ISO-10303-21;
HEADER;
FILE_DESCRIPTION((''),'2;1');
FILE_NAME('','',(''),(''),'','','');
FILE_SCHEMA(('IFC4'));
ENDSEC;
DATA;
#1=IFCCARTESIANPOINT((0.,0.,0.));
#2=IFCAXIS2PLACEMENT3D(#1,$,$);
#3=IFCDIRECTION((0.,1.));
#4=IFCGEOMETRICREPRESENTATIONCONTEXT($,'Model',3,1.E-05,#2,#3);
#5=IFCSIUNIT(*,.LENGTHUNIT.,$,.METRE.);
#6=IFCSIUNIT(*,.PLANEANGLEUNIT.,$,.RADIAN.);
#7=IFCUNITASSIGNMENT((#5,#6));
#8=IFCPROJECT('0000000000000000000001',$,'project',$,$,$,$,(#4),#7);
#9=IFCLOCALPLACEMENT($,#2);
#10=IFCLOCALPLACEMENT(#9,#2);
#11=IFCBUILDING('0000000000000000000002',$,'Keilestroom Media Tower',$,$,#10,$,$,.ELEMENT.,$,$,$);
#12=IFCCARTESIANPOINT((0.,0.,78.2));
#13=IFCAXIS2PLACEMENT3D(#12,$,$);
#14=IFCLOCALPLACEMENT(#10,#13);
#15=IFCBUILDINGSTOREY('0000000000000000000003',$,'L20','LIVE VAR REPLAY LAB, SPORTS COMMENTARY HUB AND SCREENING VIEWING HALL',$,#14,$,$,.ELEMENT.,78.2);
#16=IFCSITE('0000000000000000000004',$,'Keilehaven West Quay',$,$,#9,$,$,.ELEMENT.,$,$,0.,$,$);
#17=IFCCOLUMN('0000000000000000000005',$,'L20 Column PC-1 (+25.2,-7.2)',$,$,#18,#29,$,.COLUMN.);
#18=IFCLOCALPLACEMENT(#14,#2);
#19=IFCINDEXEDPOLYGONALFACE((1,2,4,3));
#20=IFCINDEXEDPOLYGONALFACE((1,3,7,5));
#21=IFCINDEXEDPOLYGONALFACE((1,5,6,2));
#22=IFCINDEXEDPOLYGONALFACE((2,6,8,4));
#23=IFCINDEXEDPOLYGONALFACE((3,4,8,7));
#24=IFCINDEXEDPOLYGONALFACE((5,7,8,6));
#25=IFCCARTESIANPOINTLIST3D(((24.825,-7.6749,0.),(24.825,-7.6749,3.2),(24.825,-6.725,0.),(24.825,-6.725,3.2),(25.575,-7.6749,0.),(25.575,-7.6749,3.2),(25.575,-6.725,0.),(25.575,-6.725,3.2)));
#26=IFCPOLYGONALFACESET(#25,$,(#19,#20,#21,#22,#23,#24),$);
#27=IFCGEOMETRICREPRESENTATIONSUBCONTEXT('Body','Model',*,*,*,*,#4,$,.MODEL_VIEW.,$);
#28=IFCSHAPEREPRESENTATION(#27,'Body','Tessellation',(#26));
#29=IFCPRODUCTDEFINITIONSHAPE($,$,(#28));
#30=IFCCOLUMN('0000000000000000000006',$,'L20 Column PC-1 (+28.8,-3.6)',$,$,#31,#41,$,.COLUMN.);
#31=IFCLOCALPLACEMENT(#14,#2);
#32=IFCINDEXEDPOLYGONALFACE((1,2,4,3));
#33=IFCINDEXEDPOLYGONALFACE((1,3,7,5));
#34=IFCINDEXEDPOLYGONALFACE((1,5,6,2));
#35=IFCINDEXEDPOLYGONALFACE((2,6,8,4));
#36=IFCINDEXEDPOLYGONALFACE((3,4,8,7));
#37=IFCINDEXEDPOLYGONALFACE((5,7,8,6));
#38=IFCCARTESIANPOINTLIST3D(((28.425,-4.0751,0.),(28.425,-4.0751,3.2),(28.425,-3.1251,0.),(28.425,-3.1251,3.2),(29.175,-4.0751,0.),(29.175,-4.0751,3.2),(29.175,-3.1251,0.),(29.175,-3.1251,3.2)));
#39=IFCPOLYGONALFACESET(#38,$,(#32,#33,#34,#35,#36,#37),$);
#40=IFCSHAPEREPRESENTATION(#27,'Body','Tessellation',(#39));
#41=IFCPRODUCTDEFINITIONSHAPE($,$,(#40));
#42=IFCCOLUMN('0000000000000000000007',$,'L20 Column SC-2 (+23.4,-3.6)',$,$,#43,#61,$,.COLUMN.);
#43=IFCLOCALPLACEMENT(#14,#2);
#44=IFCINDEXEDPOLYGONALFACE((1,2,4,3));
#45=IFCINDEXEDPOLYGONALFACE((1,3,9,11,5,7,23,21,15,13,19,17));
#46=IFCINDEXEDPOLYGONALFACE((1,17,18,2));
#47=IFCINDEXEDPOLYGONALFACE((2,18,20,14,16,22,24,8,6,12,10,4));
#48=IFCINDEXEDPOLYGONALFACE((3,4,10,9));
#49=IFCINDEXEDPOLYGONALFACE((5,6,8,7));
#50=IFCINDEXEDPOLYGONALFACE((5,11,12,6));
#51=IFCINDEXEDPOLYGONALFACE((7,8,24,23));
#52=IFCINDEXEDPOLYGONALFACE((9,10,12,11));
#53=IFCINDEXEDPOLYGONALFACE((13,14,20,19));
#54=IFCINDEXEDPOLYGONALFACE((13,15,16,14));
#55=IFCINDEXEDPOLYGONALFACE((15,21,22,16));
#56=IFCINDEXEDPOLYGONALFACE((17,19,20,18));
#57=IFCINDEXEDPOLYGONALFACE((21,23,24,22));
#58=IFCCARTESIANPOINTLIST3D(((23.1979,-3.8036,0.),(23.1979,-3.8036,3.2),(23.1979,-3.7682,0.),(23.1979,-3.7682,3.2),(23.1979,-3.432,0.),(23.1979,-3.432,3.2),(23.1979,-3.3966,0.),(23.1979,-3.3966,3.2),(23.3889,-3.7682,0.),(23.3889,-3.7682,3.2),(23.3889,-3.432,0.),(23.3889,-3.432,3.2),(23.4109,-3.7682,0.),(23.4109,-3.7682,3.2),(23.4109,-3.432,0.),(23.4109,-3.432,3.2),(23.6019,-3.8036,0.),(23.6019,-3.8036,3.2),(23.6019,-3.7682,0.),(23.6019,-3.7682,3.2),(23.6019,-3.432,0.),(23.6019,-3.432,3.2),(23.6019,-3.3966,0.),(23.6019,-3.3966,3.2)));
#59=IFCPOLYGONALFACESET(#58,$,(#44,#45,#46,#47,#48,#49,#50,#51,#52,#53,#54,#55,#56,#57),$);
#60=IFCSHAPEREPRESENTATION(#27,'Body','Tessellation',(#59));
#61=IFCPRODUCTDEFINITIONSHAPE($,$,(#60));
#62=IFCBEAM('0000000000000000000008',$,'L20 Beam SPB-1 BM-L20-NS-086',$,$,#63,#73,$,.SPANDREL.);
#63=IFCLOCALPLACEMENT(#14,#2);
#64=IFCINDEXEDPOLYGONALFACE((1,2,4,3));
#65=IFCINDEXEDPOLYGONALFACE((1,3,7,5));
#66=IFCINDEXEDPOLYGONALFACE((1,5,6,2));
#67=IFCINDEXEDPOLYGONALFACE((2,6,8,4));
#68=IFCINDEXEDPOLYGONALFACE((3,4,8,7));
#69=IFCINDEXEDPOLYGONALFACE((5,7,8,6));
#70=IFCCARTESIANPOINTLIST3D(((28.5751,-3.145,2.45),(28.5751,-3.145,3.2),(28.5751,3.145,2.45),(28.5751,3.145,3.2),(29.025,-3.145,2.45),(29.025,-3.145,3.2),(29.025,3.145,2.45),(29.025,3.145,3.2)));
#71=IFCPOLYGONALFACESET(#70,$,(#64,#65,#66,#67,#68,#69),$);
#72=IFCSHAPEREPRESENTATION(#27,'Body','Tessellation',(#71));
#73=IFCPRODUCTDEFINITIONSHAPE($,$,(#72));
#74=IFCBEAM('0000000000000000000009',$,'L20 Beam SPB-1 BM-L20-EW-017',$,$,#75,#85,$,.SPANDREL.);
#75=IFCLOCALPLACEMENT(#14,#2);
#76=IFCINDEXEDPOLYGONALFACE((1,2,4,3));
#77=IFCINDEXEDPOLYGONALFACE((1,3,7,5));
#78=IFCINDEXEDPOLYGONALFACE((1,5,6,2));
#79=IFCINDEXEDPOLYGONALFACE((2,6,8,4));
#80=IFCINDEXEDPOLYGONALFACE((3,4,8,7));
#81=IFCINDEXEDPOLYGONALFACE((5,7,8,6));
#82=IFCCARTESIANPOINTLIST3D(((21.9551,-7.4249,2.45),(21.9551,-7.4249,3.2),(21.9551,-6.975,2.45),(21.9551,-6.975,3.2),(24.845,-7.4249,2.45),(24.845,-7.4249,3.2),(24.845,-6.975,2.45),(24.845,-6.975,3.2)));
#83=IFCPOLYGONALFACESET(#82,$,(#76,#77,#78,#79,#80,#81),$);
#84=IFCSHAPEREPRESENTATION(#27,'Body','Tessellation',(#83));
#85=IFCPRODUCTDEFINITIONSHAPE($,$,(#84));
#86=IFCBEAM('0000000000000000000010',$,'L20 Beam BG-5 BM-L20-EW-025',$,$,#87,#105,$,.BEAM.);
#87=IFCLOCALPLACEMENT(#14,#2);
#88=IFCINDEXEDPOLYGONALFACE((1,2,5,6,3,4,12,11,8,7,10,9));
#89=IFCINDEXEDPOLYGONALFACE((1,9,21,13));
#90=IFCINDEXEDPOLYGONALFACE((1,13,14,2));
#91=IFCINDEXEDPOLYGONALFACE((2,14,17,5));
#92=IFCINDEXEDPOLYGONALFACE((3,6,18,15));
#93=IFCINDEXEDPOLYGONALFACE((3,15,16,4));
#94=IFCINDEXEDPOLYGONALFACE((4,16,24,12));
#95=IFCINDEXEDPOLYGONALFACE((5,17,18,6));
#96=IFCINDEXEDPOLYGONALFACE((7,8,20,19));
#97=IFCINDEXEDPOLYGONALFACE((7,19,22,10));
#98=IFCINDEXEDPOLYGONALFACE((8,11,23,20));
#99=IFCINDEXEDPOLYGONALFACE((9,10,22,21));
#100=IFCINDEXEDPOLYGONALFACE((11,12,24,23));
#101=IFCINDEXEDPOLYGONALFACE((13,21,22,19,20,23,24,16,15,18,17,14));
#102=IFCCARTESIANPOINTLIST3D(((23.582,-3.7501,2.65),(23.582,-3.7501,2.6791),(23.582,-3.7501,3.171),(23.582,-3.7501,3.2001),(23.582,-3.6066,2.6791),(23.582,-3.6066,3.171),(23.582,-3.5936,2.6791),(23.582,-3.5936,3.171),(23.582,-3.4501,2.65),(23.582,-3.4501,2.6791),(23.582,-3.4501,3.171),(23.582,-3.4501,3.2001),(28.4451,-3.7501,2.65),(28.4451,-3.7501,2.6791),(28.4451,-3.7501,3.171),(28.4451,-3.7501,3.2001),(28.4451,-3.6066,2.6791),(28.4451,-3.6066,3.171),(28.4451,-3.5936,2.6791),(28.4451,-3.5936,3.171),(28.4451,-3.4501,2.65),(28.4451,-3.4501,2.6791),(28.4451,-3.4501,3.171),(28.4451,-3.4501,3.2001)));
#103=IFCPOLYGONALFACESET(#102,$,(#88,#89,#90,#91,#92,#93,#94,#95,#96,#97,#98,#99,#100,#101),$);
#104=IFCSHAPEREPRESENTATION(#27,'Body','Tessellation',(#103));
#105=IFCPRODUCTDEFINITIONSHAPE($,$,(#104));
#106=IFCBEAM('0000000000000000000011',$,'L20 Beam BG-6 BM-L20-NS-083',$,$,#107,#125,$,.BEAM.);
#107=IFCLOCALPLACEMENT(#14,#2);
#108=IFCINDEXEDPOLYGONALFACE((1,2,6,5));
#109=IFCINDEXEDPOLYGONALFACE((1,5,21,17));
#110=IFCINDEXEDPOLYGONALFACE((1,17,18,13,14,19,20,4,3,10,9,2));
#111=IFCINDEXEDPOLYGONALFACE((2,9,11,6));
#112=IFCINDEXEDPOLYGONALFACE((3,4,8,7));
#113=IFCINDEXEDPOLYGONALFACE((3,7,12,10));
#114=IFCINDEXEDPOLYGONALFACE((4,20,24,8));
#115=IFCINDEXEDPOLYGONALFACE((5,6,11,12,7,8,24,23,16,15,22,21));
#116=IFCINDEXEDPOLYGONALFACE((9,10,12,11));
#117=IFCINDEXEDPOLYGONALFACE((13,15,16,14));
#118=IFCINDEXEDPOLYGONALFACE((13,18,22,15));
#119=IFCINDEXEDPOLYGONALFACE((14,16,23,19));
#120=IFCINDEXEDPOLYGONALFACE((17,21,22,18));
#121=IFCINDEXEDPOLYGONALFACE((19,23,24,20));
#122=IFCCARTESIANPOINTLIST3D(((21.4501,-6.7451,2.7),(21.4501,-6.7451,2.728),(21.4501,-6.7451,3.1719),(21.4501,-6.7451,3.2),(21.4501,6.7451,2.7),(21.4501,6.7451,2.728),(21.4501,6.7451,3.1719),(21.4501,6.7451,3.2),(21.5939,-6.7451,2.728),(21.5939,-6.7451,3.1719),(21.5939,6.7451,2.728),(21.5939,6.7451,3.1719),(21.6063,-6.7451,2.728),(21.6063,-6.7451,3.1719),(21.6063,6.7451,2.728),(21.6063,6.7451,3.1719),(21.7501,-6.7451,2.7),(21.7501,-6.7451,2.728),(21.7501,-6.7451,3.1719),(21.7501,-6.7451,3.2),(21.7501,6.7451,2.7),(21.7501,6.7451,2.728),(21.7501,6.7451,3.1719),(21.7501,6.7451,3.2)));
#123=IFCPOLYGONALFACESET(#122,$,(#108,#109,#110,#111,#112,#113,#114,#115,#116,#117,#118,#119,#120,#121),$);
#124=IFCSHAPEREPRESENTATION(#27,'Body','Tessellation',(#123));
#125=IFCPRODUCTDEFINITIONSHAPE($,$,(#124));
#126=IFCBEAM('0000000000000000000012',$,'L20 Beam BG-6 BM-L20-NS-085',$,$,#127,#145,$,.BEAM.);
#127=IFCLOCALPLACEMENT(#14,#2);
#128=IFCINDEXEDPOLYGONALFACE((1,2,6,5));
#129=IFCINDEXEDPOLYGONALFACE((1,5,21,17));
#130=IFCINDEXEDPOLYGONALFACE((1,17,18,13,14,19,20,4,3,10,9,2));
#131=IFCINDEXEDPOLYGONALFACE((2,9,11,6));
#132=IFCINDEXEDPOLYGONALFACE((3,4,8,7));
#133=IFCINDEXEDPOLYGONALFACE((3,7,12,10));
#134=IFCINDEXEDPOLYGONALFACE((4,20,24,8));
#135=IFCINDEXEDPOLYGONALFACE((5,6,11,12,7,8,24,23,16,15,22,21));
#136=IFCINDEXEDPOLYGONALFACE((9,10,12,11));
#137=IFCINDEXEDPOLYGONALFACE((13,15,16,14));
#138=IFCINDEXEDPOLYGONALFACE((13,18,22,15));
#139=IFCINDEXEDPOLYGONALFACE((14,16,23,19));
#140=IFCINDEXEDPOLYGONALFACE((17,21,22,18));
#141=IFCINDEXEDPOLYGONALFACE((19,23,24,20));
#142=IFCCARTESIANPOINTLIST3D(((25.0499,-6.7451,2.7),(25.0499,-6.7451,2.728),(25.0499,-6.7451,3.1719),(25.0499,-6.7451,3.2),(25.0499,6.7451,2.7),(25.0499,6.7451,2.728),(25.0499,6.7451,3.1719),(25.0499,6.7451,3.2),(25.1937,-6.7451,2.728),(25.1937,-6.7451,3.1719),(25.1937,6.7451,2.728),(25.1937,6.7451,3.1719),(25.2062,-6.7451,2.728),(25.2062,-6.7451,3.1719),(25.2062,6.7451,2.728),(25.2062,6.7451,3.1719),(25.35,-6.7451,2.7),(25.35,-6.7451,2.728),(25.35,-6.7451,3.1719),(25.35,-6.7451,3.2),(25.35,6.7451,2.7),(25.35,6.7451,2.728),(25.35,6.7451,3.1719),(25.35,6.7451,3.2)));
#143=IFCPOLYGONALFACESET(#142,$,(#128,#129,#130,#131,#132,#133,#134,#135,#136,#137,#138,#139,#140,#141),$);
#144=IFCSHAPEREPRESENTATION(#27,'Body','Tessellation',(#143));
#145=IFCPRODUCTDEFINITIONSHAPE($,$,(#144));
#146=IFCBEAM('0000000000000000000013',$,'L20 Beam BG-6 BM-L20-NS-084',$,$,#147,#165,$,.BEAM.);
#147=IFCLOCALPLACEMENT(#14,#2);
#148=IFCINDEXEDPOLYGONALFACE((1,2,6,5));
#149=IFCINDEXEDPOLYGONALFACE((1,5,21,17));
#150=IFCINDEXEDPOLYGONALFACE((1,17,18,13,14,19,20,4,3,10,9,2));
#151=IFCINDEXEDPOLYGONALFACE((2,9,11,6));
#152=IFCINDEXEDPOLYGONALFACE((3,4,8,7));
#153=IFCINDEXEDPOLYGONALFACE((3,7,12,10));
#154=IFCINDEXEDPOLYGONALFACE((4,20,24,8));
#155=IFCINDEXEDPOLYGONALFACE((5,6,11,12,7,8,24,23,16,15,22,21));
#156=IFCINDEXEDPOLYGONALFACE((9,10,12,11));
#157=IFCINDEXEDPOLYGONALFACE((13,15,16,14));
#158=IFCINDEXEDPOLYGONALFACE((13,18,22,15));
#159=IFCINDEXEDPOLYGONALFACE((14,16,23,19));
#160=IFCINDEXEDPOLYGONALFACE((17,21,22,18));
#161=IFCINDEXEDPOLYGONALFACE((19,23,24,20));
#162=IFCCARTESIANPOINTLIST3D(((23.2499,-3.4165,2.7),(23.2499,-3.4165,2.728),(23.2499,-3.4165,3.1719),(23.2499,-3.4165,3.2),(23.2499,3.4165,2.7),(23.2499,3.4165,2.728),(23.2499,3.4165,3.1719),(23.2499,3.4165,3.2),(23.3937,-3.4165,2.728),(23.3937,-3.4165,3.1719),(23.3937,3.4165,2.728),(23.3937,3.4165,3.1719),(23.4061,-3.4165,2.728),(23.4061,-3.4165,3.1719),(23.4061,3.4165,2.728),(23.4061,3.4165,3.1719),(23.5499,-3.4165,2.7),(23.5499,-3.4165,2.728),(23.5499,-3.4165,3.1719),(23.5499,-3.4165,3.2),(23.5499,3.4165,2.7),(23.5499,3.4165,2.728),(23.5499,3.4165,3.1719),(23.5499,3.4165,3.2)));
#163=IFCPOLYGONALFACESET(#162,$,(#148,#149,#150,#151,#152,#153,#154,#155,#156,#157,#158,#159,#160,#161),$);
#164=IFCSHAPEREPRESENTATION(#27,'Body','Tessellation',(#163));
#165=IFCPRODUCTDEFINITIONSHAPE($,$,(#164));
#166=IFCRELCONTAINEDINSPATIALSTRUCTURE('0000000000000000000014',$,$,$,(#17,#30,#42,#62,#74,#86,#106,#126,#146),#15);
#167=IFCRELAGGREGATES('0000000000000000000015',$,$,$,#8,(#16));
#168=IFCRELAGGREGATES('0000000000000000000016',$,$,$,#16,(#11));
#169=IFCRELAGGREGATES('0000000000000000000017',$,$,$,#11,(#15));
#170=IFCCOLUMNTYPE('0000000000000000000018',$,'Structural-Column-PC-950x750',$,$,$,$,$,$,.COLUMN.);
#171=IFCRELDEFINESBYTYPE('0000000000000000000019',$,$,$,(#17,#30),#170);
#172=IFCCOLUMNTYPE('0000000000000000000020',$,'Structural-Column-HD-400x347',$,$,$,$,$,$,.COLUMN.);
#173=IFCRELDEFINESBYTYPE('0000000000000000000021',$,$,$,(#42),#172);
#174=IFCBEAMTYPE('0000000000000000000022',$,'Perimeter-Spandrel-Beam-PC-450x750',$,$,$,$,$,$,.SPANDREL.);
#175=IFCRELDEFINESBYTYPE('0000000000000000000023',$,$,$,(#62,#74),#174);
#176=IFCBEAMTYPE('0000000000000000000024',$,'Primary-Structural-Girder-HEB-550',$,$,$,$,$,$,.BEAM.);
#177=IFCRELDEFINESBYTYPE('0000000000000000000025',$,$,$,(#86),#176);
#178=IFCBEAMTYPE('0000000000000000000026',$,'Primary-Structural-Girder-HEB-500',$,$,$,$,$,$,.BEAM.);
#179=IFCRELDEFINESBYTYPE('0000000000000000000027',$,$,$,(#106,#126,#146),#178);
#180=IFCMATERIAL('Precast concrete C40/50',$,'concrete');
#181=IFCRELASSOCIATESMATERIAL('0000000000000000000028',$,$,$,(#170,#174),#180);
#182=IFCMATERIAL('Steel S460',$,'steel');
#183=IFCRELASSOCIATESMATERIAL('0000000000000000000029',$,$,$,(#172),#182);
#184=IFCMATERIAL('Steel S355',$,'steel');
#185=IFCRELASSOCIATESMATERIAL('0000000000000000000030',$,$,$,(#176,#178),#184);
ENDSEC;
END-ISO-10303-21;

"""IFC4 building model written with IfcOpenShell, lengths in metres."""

from ifc_helpers import new_model, si_unit, direction, frame, origin, origin_2d, place, context, subcontext, project, spatial, rectangle, i_section, extrude, source, transform, mapped, material, material_profile, profile_set, type_object, element, save


model = new_model("IFC4")

# Units and contexts
model_context = context("Model", 3, precision=1e-05, world=origin(), true_north=direction((0.0, 1.0)))
body_context = subcontext(model_context, "Body", "Model", "MODEL_VIEW")
ifc_project = project(units=[si_unit("LENGTHUNIT", "METRE"), si_unit("PLANEANGLEUNIT", "RADIAN")], contexts=[model_context])

# Site, building, storey
site_placement = place(None, origin())
site = spatial("IfcSite", under=ifc_project, at=site_placement, Name="Keilehaven West Quay", CompositionType="ELEMENT", RefElevation=0.0)
building_placement = place(site_placement, origin())
building = spatial("IfcBuilding", under=site, at=building_placement, Name="Keilestroom Media Tower", CompositionType="ELEMENT")
storey_placement = place(building_placement, frame((0.0, 0.0, 78.2)))
storey = spatial("IfcBuildingStorey", under=building, at=storey_placement, Name="L20", Description="LIVE VAR REPLAY LAB, SPORTS COMMENTARY HUB AND SCREENING VIEWING HALL", CompositionType="ELEMENT", Elevation=78.2)

# Columns
ifc_material_1 = material(Name="Precast concrete C40/50", Category="concrete")
ifc_material_profile_1 = material_profile(ifc_material_1, rectangle(XDim=0.75, YDim=0.95, at=origin_2d()), Name="PC 950x750")
ifc_profile_set_1 = profile_set([ifc_material_profile_1], Name="Precast concrete C40/50")
column_type_1 = type_object("IfcColumnType", Name="Structural-Column-PC-950x750", PredefinedType="COLUMN", material=ifc_profile_set_1)
shared_shape_1 = source(origin(), body_context, "Body", "SweptSolid", [
    extrude(rectangle(XDim=0.75, YDim=0.95, at=origin_2d()), origin(), (0.0, 0.0, 1.0), 3.2),
])
for number, where, z_axis, x_axis, name in (
    (1, (25.2, -7.2, 0.0), (0.0, 0.0, 1.0), (1.0, 0.0, 0.0), "L20 Column PC-1 (+25.2,-7.2)"),
    (2, (28.8, -3.6001, 0.0), (0.0, 0.0, 1.0), (1.0, 0.0, 0.0), "L20 Column PC-1 (+28.8,-3.6)"),
):
    element("IfcColumn", number, at=place(storey_placement, frame(where, z_axis=z_axis, x_axis=x_axis)), inside=storey, type_object=column_type_1, Name=name, PredefinedType="COLUMN", context=body_context, shape_type="MappedRepresentation", body=[
        mapped(shared_shape_1, transform((0.0, 0.0, 0.0), x_axis=(1.0, 0.0, 0.0), y_axis=(0.0, 1.0, 0.0), z_axis=(0.0, 0.0, 1.0), scale=1.0)),
    ])
ifc_material_2 = material(Name="Steel S460", Category="steel")
ifc_material_profile_2 = material_profile(ifc_material_2, i_section(OverallWidth=0.4041, OverallDepth=0.407, WebThickness=0.022, FlangeThickness=0.0354, at=origin_2d()), Name="HD 400x347")
ifc_profile_set_2 = profile_set([ifc_material_profile_2], Name="Steel S460")
column_type_2 = type_object("IfcColumnType", Name="Structural-Column-HD-400x347", PredefinedType="COLUMN", material=ifc_profile_set_2)
shared_shape_2 = source(origin(), body_context, "Body", "SweptSolid", [
    extrude(i_section(OverallWidth=0.4041, OverallDepth=0.407, WebThickness=0.022, FlangeThickness=0.0354, at=origin_2d()), origin(), (0.0, 0.0, 1.0), 3.2),
])
column_placement = place(storey_placement, frame((23.3999, -3.6001, 0.0), z_axis=(0.0, 0.0, 1.0), x_axis=(1.0, 0.0, 0.0)))
element("IfcColumn", 3, at=column_placement, inside=storey, type_object=column_type_2, Name="L20 Column SC-2 (+23.4,-3.6)", PredefinedType="COLUMN", context=body_context, shape_type="MappedRepresentation", body=[
    mapped(shared_shape_2, transform((0.0, 0.0, 0.0), x_axis=(1.0, 0.0, 0.0), y_axis=(0.0, 1.0, 0.0), z_axis=(0.0, 0.0, 1.0), scale=1.0)),
])

# Beams
ifc_material_profile_3 = material_profile(ifc_material_1, rectangle(XDim=0.45, YDim=0.75, at=origin_2d()), Name="PC 450x750")
ifc_profile_set_3 = profile_set([ifc_material_profile_3], Name="Precast concrete C40/50")
beam_type_1 = type_object("IfcBeamType", Name="Perimeter-Spandrel-Beam-PC-450x750", PredefinedType="SPANDREL", material=ifc_profile_set_3)
shared_shape_3 = source(origin(), body_context, "Body", "SweptSolid", [
    extrude(rectangle(XDim=0.45, YDim=0.75, at=origin_2d()), origin(), (0.0, 0.0, 1.0), 6.29),
])
beam_1_placement = place(storey_placement, frame((28.8, -3.145, 2.825), z_axis=(0.0, 1.0, 0.0), x_axis=(-1.0, 0.0, 0.0)))
element("IfcBeam", 4, at=beam_1_placement, inside=storey, type_object=beam_type_1, Name="L20 Beam SPB-1 BM-L20-NS-086", PredefinedType="SPANDREL", context=body_context, shape_type="MappedRepresentation", body=[
    mapped(shared_shape_3, transform((0.0, 0.0, 0.0), x_axis=(1.0, 0.0, 0.0), y_axis=(0.0, 1.0, 0.0), z_axis=(0.0, 0.0, 1.0), scale=1.0)),
])
shared_shape_4 = source(origin(), body_context, "Body", "SweptSolid", [
    extrude(rectangle(XDim=0.45, YDim=0.75, at=origin_2d()), origin(), (0.0, 0.0, 1.0), 2.8899),
])
beam_2_placement = place(storey_placement, frame((21.9551, -7.2, 2.825), z_axis=(1.0, 0.0, 0.0), x_axis=(0.0, 1.0, 0.0)))
element("IfcBeam", 5, at=beam_2_placement, inside=storey, type_object=beam_type_1, Name="L20 Beam SPB-1 BM-L20-EW-017", PredefinedType="SPANDREL", context=body_context, shape_type="MappedRepresentation", body=[
    mapped(shared_shape_4, transform((0.0, 0.0, 0.0), x_axis=(1.0, 0.0, 0.0), y_axis=(0.0, 1.0, 0.0), z_axis=(0.0, 0.0, 1.0), scale=1.0)),
])
ifc_material_3 = material(Name="Steel S355", Category="steel")
ifc_material_profile_4 = material_profile(ifc_material_3, i_section(OverallWidth=0.3, OverallDepth=0.55, WebThickness=0.0129, FlangeThickness=0.0291, at=origin_2d()), Name="HEB 550")
ifc_profile_set_4 = profile_set([ifc_material_profile_4], Name="Steel S355")
beam_type_2 = type_object("IfcBeamType", Name="Primary-Structural-Girder-HEB-550", PredefinedType="BEAM", material=ifc_profile_set_4)
shared_shape_5 = source(origin(), body_context, "Body", "SweptSolid", [
    extrude(i_section(OverallWidth=0.3, OverallDepth=0.55, WebThickness=0.0129, FlangeThickness=0.0291, at=origin_2d()), origin(), (0.0, 0.0, 1.0), 4.863),
])
beam_3_placement = place(storey_placement, frame((23.582, -3.6001, 2.925), z_axis=(1.0, 0.0, 0.0), x_axis=(0.0, 1.0, 0.0)))
element("IfcBeam", 6, at=beam_3_placement, inside=storey, type_object=beam_type_2, Name="L20 Beam BG-5 BM-L20-EW-025", PredefinedType="BEAM", context=body_context, shape_type="MappedRepresentation", body=[
    mapped(shared_shape_5, transform((0.0, 0.0, 0.0), x_axis=(1.0, 0.0, 0.0), y_axis=(0.0, 1.0, 0.0), z_axis=(0.0, 0.0, 1.0), scale=1.0)),
])
ifc_material_profile_5 = material_profile(ifc_material_3, i_section(OverallWidth=0.3, OverallDepth=0.5, WebThickness=0.0125, FlangeThickness=0.0281, at=origin_2d()), Name="HEB 500")
ifc_profile_set_5 = profile_set([ifc_material_profile_5], Name="Steel S355")
beam_type_3 = type_object("IfcBeamType", Name="Primary-Structural-Girder-HEB-500", PredefinedType="BEAM", material=ifc_profile_set_5)
shared_shape_6 = source(origin(), body_context, "Body", "SweptSolid", [
    extrude(i_section(OverallWidth=0.3, OverallDepth=0.5, WebThickness=0.0125, FlangeThickness=0.0281, at=origin_2d()), origin(), (0.0, 0.0, 1.0), 13.4902),
])
for number, where, z_axis, x_axis, name in (
    (7, (21.6001, -6.7451, 2.95), (0.0, 1.0, 0.0), (-1.0, 0.0, 0.0), "L20 Beam BG-6 BM-L20-NS-083"),
    (8, (25.2, -6.7451, 2.95), (0.0, 1.0, 0.0), (-1.0, 0.0, 0.0), "L20 Beam BG-6 BM-L20-NS-085"),
):
    element("IfcBeam", number, at=place(storey_placement, frame(where, z_axis=z_axis, x_axis=x_axis)), inside=storey, type_object=beam_type_3, Name=name, PredefinedType="BEAM", context=body_context, shape_type="MappedRepresentation", body=[
        mapped(shared_shape_6, transform((0.0, 0.0, 0.0), x_axis=(1.0, 0.0, 0.0), y_axis=(0.0, 1.0, 0.0), z_axis=(0.0, 0.0, 1.0), scale=1.0)),
    ])
shared_shape_7 = source(origin(), body_context, "Body", "SweptSolid", [
    extrude(i_section(OverallWidth=0.3, OverallDepth=0.5, WebThickness=0.0125, FlangeThickness=0.0281, at=origin_2d()), origin(), (0.0, 0.0, 1.0), 6.833),
])
beam_4_placement = place(storey_placement, frame((23.3999, -3.4165, 2.95), z_axis=(0.0, 1.0, 0.0), x_axis=(-1.0, 0.0, 0.0)))
element("IfcBeam", 9, at=beam_4_placement, inside=storey, type_object=beam_type_3, Name="L20 Beam BG-6 BM-L20-NS-084", PredefinedType="BEAM", context=body_context, shape_type="MappedRepresentation", body=[
    mapped(shared_shape_7, transform((0.0, 0.0, 0.0), x_axis=(1.0, 0.0, 0.0), y_axis=(0.0, 1.0, 0.0), z_axis=(0.0, 0.0, 1.0), scale=1.0)),
])

save(model, "model.ifc")
